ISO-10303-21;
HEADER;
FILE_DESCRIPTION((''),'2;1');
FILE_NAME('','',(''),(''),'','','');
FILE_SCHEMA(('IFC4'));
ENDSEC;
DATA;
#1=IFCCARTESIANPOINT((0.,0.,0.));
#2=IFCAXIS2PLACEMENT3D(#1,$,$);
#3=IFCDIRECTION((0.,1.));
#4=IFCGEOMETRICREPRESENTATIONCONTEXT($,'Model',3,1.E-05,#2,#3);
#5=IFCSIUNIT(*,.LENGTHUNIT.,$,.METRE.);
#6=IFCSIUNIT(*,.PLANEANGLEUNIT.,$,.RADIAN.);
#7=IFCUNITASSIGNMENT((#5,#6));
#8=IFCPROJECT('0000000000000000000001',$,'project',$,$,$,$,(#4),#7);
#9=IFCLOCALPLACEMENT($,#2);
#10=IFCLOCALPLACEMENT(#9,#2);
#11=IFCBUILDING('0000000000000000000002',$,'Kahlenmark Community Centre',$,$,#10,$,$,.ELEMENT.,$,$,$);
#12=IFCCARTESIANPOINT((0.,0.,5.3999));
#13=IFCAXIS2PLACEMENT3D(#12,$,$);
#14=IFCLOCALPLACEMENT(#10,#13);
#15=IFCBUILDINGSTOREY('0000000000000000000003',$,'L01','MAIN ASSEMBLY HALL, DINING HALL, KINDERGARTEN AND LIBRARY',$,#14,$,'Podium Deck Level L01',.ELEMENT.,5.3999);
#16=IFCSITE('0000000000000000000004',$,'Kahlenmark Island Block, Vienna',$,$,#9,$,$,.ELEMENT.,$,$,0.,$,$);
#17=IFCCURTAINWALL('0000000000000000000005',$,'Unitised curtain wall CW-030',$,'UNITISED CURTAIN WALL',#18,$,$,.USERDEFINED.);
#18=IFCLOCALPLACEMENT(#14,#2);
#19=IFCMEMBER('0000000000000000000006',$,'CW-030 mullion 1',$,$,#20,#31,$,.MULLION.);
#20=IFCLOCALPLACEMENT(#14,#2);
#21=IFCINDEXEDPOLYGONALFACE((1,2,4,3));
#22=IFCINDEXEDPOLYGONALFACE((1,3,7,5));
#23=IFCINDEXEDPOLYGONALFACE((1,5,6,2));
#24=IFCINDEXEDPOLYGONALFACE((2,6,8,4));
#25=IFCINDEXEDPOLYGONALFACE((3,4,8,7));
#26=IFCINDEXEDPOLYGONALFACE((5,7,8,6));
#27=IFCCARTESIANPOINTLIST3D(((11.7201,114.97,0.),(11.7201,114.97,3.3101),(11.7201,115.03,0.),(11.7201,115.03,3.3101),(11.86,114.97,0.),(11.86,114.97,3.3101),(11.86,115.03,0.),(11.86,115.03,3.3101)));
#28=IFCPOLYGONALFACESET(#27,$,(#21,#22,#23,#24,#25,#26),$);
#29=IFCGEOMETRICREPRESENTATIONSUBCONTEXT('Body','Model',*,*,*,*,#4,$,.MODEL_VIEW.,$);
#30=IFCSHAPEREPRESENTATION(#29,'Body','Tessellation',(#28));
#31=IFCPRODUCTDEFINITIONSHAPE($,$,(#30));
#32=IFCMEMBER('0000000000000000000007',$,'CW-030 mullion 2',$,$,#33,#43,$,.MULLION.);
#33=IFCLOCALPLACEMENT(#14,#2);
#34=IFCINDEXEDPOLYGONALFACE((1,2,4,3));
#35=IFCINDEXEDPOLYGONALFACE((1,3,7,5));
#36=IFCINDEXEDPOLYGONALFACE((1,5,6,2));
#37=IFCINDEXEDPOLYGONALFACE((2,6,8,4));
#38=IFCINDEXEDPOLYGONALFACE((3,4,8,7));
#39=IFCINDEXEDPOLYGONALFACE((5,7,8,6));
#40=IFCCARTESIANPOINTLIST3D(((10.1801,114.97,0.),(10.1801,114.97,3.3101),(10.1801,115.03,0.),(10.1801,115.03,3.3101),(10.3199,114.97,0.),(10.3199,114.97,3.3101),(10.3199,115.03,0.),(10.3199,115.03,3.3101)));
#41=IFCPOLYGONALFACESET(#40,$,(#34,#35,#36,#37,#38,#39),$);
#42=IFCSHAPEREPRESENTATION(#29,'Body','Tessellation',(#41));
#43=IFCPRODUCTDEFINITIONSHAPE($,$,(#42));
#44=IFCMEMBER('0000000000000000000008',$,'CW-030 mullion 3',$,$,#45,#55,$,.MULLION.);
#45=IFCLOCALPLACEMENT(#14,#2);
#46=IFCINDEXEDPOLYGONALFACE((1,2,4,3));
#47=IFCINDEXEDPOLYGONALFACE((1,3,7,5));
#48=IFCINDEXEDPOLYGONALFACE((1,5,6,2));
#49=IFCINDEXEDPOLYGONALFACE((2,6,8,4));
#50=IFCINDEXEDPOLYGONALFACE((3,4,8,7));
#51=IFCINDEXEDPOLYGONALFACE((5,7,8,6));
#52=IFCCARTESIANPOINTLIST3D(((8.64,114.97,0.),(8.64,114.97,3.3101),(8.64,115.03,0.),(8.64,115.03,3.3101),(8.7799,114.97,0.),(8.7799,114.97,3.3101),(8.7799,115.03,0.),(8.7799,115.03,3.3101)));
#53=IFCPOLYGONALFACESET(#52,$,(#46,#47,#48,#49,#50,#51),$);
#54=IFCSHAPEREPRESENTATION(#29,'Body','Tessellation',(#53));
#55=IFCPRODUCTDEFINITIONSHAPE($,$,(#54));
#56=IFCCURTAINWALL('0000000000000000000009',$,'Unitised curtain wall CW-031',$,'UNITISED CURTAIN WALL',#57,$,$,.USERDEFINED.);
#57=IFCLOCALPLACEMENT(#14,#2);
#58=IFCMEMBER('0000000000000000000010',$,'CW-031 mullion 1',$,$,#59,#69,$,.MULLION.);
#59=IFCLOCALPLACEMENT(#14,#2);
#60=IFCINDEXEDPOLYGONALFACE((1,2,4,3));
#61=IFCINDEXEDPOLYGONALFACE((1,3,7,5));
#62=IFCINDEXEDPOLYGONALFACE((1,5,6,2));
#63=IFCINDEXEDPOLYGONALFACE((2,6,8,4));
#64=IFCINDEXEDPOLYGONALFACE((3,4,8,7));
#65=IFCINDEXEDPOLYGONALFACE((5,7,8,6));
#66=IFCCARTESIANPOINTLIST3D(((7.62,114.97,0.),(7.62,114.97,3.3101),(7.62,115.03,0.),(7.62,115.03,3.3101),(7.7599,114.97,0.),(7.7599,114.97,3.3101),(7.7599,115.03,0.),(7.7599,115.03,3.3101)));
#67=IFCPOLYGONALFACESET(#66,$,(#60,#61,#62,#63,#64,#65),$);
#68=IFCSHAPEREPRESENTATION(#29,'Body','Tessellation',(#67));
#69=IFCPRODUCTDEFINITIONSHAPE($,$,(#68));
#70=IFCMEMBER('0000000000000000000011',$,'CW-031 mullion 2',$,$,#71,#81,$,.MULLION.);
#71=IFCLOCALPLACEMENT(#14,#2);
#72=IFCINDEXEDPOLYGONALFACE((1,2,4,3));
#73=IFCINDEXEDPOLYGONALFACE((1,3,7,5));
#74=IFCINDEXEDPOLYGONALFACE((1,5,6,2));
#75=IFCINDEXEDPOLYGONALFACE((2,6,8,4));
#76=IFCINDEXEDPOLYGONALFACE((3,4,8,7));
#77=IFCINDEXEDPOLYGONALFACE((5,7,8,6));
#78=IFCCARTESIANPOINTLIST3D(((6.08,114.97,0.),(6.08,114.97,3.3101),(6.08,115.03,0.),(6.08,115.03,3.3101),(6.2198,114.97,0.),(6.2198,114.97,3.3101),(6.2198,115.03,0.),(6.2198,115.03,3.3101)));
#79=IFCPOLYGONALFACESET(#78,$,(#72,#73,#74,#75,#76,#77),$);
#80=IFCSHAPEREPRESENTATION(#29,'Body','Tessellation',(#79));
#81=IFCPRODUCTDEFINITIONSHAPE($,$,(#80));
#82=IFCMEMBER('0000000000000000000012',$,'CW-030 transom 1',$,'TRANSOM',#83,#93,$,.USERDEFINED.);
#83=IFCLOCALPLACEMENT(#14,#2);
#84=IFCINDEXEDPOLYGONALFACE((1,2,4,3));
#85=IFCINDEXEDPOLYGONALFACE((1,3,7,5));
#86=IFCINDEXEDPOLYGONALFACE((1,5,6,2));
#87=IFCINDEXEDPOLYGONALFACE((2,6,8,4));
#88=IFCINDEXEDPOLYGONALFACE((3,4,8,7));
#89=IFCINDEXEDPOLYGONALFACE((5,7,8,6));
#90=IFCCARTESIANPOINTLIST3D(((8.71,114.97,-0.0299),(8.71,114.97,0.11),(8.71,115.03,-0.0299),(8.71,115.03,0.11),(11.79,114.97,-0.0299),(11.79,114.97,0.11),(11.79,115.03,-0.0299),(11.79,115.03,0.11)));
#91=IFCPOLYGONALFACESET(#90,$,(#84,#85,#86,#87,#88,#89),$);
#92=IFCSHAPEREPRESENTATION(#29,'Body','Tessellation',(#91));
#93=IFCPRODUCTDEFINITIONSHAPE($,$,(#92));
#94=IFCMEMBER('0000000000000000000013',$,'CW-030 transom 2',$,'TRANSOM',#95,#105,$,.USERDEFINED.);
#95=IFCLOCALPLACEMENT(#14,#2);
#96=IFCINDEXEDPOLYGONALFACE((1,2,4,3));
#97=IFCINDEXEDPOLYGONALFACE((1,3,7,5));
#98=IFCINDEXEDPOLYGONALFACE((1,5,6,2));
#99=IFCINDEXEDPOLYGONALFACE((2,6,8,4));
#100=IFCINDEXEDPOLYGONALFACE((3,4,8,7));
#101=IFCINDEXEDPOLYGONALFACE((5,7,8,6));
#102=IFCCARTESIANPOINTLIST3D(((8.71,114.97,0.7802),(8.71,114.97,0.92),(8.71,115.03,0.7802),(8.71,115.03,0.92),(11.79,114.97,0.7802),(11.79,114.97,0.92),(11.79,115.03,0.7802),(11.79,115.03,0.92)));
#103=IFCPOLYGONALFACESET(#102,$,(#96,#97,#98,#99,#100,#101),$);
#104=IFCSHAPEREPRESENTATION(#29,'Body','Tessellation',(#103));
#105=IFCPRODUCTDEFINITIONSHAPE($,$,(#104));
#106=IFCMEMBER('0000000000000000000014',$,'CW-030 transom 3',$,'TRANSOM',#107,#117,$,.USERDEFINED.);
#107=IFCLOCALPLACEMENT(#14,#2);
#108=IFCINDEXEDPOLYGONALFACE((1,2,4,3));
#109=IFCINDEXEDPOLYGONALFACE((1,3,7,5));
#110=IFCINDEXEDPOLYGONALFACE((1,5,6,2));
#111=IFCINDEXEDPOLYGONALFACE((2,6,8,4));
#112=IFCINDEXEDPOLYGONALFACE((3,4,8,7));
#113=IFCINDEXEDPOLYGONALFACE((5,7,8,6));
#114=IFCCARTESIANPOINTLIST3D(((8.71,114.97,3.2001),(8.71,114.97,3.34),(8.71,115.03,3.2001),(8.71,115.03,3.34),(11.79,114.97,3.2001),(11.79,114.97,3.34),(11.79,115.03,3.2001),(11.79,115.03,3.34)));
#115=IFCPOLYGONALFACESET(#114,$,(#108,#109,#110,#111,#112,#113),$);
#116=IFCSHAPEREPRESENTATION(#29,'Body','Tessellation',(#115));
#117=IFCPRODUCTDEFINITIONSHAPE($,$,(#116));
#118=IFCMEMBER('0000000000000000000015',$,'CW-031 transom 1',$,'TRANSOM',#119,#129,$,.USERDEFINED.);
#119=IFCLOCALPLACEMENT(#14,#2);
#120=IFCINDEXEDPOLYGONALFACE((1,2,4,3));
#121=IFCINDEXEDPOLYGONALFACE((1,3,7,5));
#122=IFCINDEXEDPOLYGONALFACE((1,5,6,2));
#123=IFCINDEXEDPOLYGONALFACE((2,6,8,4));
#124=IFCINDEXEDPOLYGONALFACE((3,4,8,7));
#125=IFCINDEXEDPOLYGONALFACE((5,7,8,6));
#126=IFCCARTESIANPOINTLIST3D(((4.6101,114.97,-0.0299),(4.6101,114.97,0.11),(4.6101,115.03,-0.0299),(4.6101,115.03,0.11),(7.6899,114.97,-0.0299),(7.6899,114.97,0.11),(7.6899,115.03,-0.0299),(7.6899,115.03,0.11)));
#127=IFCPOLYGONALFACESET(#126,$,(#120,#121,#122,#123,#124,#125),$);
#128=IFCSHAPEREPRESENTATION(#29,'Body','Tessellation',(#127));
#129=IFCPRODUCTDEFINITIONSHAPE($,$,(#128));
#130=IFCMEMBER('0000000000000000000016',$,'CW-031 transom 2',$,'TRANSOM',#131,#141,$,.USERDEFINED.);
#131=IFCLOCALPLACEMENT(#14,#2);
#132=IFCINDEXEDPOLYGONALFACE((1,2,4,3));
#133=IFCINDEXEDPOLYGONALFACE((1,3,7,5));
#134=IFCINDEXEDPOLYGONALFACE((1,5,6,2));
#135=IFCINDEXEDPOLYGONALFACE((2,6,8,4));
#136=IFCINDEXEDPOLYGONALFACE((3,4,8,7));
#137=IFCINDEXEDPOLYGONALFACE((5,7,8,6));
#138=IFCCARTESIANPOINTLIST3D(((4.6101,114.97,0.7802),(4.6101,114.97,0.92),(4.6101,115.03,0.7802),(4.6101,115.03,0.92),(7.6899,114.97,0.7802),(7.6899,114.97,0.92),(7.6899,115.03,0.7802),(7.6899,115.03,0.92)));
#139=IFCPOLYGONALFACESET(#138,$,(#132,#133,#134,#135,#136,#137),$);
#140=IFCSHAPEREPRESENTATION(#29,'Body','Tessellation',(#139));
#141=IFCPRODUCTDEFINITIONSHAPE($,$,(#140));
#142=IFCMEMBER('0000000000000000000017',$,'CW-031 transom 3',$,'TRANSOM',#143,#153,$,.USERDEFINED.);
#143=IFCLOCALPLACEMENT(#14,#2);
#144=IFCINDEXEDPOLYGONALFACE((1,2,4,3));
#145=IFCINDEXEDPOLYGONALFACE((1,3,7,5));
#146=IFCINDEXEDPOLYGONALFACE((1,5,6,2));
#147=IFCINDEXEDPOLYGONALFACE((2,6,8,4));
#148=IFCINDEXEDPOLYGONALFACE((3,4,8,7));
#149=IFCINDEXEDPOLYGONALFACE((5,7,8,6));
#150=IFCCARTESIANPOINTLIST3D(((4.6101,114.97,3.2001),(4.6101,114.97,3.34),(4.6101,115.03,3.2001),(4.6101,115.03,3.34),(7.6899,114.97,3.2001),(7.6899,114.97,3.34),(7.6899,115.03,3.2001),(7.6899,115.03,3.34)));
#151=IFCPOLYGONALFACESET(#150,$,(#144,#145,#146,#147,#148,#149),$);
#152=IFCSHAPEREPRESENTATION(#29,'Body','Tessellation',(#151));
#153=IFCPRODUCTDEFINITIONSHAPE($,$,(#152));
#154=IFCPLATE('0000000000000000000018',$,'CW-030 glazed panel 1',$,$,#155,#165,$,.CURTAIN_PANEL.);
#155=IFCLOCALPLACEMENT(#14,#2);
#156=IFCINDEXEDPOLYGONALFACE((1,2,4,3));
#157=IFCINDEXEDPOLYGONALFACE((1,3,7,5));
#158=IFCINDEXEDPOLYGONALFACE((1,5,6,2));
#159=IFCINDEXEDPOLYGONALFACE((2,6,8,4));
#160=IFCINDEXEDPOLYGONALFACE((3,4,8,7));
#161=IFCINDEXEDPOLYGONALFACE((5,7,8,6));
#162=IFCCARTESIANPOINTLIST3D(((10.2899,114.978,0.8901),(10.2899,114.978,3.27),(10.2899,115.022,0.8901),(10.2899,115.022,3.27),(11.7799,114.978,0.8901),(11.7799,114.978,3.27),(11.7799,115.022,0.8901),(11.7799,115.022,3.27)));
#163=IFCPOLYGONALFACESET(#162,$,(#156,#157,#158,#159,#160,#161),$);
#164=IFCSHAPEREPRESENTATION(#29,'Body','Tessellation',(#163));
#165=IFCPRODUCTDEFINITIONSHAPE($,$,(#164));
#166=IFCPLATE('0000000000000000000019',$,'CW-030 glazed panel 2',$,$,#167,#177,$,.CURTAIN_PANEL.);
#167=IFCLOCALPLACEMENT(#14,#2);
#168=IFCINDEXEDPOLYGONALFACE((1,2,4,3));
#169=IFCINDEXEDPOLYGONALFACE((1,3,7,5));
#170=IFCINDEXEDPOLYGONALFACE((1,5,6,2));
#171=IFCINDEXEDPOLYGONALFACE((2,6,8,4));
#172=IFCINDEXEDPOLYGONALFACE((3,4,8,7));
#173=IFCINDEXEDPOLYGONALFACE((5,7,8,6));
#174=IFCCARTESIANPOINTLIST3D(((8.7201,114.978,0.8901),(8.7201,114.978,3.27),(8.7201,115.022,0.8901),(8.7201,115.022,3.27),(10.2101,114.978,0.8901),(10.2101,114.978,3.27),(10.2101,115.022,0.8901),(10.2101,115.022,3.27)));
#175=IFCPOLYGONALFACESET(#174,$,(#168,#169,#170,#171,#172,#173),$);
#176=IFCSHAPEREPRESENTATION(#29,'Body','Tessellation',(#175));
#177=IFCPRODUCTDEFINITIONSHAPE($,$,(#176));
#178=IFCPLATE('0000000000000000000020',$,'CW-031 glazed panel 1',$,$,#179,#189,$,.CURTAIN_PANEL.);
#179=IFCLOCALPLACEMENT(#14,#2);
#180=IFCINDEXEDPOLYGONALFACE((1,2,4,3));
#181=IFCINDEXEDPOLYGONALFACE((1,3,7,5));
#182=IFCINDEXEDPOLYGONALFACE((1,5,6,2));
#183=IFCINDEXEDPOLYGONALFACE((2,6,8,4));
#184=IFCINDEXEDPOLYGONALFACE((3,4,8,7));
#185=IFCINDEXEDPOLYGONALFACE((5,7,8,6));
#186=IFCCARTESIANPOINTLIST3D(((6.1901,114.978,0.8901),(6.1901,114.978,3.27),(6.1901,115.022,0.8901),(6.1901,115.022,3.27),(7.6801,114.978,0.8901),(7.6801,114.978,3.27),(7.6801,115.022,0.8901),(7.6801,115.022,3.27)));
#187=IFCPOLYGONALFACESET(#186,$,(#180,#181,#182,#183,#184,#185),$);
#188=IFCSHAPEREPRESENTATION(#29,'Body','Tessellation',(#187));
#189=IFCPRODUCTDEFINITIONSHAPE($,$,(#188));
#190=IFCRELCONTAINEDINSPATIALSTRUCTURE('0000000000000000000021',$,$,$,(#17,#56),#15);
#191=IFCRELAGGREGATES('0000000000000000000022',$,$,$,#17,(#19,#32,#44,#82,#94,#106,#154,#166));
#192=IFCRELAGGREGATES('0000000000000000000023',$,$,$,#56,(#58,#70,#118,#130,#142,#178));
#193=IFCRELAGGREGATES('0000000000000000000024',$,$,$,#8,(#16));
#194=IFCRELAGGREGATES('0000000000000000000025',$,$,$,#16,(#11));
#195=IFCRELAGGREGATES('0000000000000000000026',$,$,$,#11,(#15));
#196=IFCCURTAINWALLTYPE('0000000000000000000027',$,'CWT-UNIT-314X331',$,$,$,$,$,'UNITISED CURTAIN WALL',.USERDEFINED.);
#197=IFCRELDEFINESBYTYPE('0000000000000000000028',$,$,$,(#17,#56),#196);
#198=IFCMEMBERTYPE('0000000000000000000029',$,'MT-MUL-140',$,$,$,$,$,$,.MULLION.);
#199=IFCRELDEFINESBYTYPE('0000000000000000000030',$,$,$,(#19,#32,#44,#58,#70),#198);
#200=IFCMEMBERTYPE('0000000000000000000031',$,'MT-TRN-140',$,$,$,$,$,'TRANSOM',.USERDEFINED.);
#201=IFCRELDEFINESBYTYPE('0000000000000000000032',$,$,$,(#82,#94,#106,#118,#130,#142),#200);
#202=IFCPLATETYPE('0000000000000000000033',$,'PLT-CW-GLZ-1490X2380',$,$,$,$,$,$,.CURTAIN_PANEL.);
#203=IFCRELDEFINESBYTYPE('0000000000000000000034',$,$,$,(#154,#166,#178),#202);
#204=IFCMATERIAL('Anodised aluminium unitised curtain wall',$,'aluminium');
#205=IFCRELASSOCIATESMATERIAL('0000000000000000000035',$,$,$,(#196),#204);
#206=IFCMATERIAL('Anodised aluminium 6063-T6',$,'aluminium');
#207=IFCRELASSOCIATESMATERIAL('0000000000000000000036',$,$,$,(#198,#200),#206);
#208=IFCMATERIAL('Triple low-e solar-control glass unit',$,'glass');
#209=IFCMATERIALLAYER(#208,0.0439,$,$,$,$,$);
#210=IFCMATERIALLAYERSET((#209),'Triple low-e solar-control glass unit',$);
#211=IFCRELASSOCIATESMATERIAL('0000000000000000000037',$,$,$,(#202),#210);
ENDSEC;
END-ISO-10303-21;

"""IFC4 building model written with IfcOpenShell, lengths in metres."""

from ifc_helpers import new_model, si_unit, direction, frame, origin, origin_2d, place, context, subcontext, project, spatial, rectangle, extrude, material, layer, layer_set, material_profile, profile_set, type_object, element, aggregate, save


model = new_model("IFC4")

# Units and contexts
model_context = context("Model", 3, precision=1e-05, world=origin(), true_north=direction((0.0, 1.0)))
body_context = subcontext(model_context, "Body", "Model", "MODEL_VIEW")
ifc_project = project(units=[si_unit("LENGTHUNIT", "METRE"), si_unit("PLANEANGLEUNIT", "RADIAN")], contexts=[model_context])

# Site, building, storey
site_placement = place(None, origin())
site = spatial("IfcSite", under=ifc_project, at=site_placement, Name="Kahlenmark Island Block, Vienna", CompositionType="ELEMENT", RefElevation=0.0)
building_placement = place(site_placement, origin())
building = spatial("IfcBuilding", under=site, at=building_placement, Name="Kahlenmark Community Centre", CompositionType="ELEMENT")
storey_placement = place(building_placement, frame((0.0, 0.0, 5.3999)))
storey = spatial("IfcBuildingStorey", under=building, at=storey_placement, Name="L01", Description="MAIN ASSEMBLY HALL, DINING HALL, KINDERGARTEN AND LIBRARY", LongName="Podium Deck Level L01", CompositionType="ELEMENT", Elevation=5.3999)

# Curtain walls, members
ifc_material_1 = material(Name="Anodised aluminium unitised curtain wall", Category="aluminium")
curtain_wall_type = type_object("IfcCurtainWallType", Name="CWT-UNIT-314X331", ElementType="UNITISED CURTAIN WALL", PredefinedType="USERDEFINED", material=ifc_material_1)
curtain_wall_1_placement = place(storey_placement, origin())
curtain_wall_1 = element("IfcCurtainWall", 1, at=curtain_wall_1_placement, inside=storey, type_object=curtain_wall_type, Name="Unitised curtain wall CW-030", ObjectType="UNITISED CURTAIN WALL", PredefinedType="USERDEFINED")
ifc_material_2 = material(Name="Anodised aluminium 6063-T6", Category="aluminium")
ifc_material_profile_1 = material_profile(ifc_material_2, rectangle(XDim=0.0601, YDim=0.1399, at=origin_2d()), Name="ALU MULLION 60x140")
ifc_profile_set_1 = profile_set([ifc_material_profile_1], Name="Anodised aluminium 6063-T6")
member_type_1 = type_object("IfcMemberType", Name="MT-MUL-140", PredefinedType="MULLION", material=ifc_profile_set_1)
member_1_placement = place(storey_placement, frame((11.79, 115.0, 0.0), z_axis=(0.0, 0.0, 1.0), x_axis=(0.0, -1.0, 0.0)))
member_1 = element("IfcMember", 2, at=member_1_placement, type_object=member_type_1, Name="CW-030 mullion 1", PredefinedType="MULLION", context=body_context, shape_type="SweptSolid", body=[
    extrude(rectangle(XDim=0.0601, YDim=0.1399, at=origin_2d()), origin(), (0.0, 0.0, 1.0), 3.3101),
])
member_2_placement = place(storey_placement, frame((10.25, 115.0, 0.0), z_axis=(0.0, 0.0, 1.0), x_axis=(0.0, -1.0, 0.0)))
member_2 = element("IfcMember", 3, at=member_2_placement, type_object=member_type_1, Name="CW-030 mullion 2", PredefinedType="MULLION", context=body_context, shape_type="SweptSolid", body=[
    extrude(rectangle(XDim=0.0601, YDim=0.1399, at=origin_2d()), origin(), (0.0, 0.0, 1.0), 3.3101),
])
member_3_placement = place(storey_placement, frame((8.71, 115.0, 0.0), z_axis=(0.0, 0.0, 1.0), x_axis=(0.0, -1.0, 0.0)))
member_3 = element("IfcMember", 4, at=member_3_placement, type_object=member_type_1, Name="CW-030 mullion 3", PredefinedType="MULLION", context=body_context, shape_type="SweptSolid", body=[
    extrude(rectangle(XDim=0.0601, YDim=0.1399, at=origin_2d()), origin(), (0.0, 0.0, 1.0), 3.3101),
])
curtain_wall_2_placement = place(storey_placement, origin())
curtain_wall_2 = element("IfcCurtainWall", 5, at=curtain_wall_2_placement, inside=storey, type_object=curtain_wall_type, Name="Unitised curtain wall CW-031", ObjectType="UNITISED CURTAIN WALL", PredefinedType="USERDEFINED")
member_4_placement = place(storey_placement, frame((7.6899, 115.0, 0.0), z_axis=(0.0, 0.0, 1.0), x_axis=(0.0, -1.0, 0.0)))
member_4 = element("IfcMember", 6, at=member_4_placement, type_object=member_type_1, Name="CW-031 mullion 1", PredefinedType="MULLION", context=body_context, shape_type="SweptSolid", body=[
    extrude(rectangle(XDim=0.0601, YDim=0.1399, at=origin_2d()), origin(), (0.0, 0.0, 1.0), 3.3101),
])
member_5_placement = place(storey_placement, frame((6.1499, 115.0, 0.0), z_axis=(0.0, 0.0, 1.0), x_axis=(0.0, -1.0, 0.0)))
member_5 = element("IfcMember", 7, at=member_5_placement, type_object=member_type_1, Name="CW-031 mullion 2", PredefinedType="MULLION", context=body_context, shape_type="SweptSolid", body=[
    extrude(rectangle(XDim=0.0601, YDim=0.1399, at=origin_2d()), origin(), (0.0, 0.0, 1.0), 3.3101),
])

# Members
ifc_material_profile_2 = material_profile(ifc_material_2, rectangle(XDim=0.0601, YDim=0.1399, at=origin_2d()), Name="ALU TRANSOM 60x140")
ifc_profile_set_2 = profile_set([ifc_material_profile_2], Name="Anodised aluminium 6063-T6")
member_type_2 = type_object("IfcMemberType", Name="MT-TRN-140", ElementType="TRANSOM", PredefinedType="USERDEFINED", material=ifc_profile_set_2)
member_6_placement = place(storey_placement, frame((11.79, 115.0, 0.04), z_axis=(-1.0, 0.0, 0.0), x_axis=(0.0, -1.0, 0.0)))
member_6 = element("IfcMember", 8, at=member_6_placement, type_object=member_type_2, Name="CW-030 transom 1", ObjectType="TRANSOM", PredefinedType="USERDEFINED", context=body_context, shape_type="SweptSolid", body=[
    extrude(rectangle(XDim=0.0601, YDim=0.1399, at=origin_2d()), origin(), (0.0, 0.0, 1.0), 3.0801),
])
member_7_placement = place(storey_placement, frame((11.79, 115.0, 0.8501), z_axis=(-1.0, 0.0, 0.0), x_axis=(0.0, -1.0, 0.0)))
member_7 = element("IfcMember", 9, at=member_7_placement, type_object=member_type_2, Name="CW-030 transom 2", ObjectType="TRANSOM", PredefinedType="USERDEFINED", context=body_context, shape_type="SweptSolid", body=[
    extrude(rectangle(XDim=0.0601, YDim=0.1399, at=origin_2d()), origin(), (0.0, 0.0, 1.0), 3.0801),
])
member_8_placement = place(storey_placement, frame((11.79, 115.0, 3.27), z_axis=(-1.0, 0.0, 0.0), x_axis=(0.0, -1.0, 0.0)))
member_8 = element("IfcMember", 10, at=member_8_placement, type_object=member_type_2, Name="CW-030 transom 3", ObjectType="TRANSOM", PredefinedType="USERDEFINED", context=body_context, shape_type="SweptSolid", body=[
    extrude(rectangle(XDim=0.0601, YDim=0.1399, at=origin_2d()), origin(), (0.0, 0.0, 1.0), 3.0801),
])
member_9_placement = place(storey_placement, frame((7.6899, 115.0, 0.04), z_axis=(-1.0, 0.0, 0.0), x_axis=(0.0, -1.0, 0.0)))
member_9 = element("IfcMember", 11, at=member_9_placement, type_object=member_type_2, Name="CW-031 transom 1", ObjectType="TRANSOM", PredefinedType="USERDEFINED", context=body_context, shape_type="SweptSolid", body=[
    extrude(rectangle(XDim=0.0601, YDim=0.1399, at=origin_2d()), origin(), (0.0, 0.0, 1.0), 3.0798),
])
member_10_placement = place(storey_placement, frame((7.6899, 115.0, 0.8501), z_axis=(-1.0, 0.0, 0.0), x_axis=(0.0, -1.0, 0.0)))
member_10 = element("IfcMember", 12, at=member_10_placement, type_object=member_type_2, Name="CW-031 transom 2", ObjectType="TRANSOM", PredefinedType="USERDEFINED", context=body_context, shape_type="SweptSolid", body=[
    extrude(rectangle(XDim=0.0601, YDim=0.1399, at=origin_2d()), origin(), (0.0, 0.0, 1.0), 3.0798),
])
member_11_placement = place(storey_placement, frame((7.6899, 115.0, 3.27), z_axis=(-1.0, 0.0, 0.0), x_axis=(0.0, -1.0, 0.0)))
member_11 = element("IfcMember", 13, at=member_11_placement, type_object=member_type_2, Name="CW-031 transom 3", ObjectType="TRANSOM", PredefinedType="USERDEFINED", context=body_context, shape_type="SweptSolid", body=[
    extrude(rectangle(XDim=0.0601, YDim=0.1399, at=origin_2d()), origin(), (0.0, 0.0, 1.0), 3.0798),
])

# Plates
ifc_material_3 = material(Name="Triple low-e solar-control glass unit", Category="glass")
ifc_layer_1 = layer(ifc_material_3, 0.0439)
ifc_layer_set_1 = layer_set([ifc_layer_1], Name="Triple low-e solar-control glass unit")
plate_type_1 = type_object("IfcPlateType", Name="PLT-CW-GLZ-1490X2380", PredefinedType="CURTAIN_PANEL", material=ifc_layer_set_1)
plate_1_placement = place(storey_placement, frame((11.0349, 115.0, 0.8901), z_axis=(0.0, 0.0, 1.0), x_axis=(-1.0, 0.0, 0.0)))
plate_1 = element("IfcPlate", 14, at=plate_1_placement, type_object=plate_type_1, Name="CW-030 glazed panel 1", PredefinedType="CURTAIN_PANEL", context=body_context, shape_type="SweptSolid", body=[
    extrude(rectangle(XDim=1.49, YDim=0.0439, at=origin_2d()), origin(), (0.0, 0.0, 1.0), 2.3799),
])
plate_2_placement = place(storey_placement, frame((9.4651, 115.0, 0.8901), z_axis=(0.0, 0.0, 1.0), x_axis=(-1.0, 0.0, 0.0)))
plate_2 = element("IfcPlate", 15, at=plate_2_placement, type_object=plate_type_1, Name="CW-030 glazed panel 2", PredefinedType="CURTAIN_PANEL", context=body_context, shape_type="SweptSolid", body=[
    extrude(rectangle(XDim=1.49, YDim=0.0439, at=origin_2d()), origin(), (0.0, 0.0, 1.0), 2.3799),
])
plate_3_placement = place(storey_placement, frame((6.9351, 115.0, 0.8901), z_axis=(0.0, 0.0, 1.0), x_axis=(-1.0, 0.0, 0.0)))
plate_3 = element("IfcPlate", 16, at=plate_3_placement, type_object=plate_type_1, Name="CW-031 glazed panel 1", PredefinedType="CURTAIN_PANEL", context=body_context, shape_type="SweptSolid", body=[
    extrude(rectangle(XDim=1.49, YDim=0.0439, at=origin_2d()), origin(), (0.0, 0.0, 1.0), 2.3799),
])
aggregate(curtain_wall_1, [member_1, member_2, member_3, member_6, member_7, member_8, plate_1, plate_2])
aggregate(curtain_wall_2, [member_4, member_5, member_9, member_10, member_11, plate_3])

save(model, "model.ifc")
